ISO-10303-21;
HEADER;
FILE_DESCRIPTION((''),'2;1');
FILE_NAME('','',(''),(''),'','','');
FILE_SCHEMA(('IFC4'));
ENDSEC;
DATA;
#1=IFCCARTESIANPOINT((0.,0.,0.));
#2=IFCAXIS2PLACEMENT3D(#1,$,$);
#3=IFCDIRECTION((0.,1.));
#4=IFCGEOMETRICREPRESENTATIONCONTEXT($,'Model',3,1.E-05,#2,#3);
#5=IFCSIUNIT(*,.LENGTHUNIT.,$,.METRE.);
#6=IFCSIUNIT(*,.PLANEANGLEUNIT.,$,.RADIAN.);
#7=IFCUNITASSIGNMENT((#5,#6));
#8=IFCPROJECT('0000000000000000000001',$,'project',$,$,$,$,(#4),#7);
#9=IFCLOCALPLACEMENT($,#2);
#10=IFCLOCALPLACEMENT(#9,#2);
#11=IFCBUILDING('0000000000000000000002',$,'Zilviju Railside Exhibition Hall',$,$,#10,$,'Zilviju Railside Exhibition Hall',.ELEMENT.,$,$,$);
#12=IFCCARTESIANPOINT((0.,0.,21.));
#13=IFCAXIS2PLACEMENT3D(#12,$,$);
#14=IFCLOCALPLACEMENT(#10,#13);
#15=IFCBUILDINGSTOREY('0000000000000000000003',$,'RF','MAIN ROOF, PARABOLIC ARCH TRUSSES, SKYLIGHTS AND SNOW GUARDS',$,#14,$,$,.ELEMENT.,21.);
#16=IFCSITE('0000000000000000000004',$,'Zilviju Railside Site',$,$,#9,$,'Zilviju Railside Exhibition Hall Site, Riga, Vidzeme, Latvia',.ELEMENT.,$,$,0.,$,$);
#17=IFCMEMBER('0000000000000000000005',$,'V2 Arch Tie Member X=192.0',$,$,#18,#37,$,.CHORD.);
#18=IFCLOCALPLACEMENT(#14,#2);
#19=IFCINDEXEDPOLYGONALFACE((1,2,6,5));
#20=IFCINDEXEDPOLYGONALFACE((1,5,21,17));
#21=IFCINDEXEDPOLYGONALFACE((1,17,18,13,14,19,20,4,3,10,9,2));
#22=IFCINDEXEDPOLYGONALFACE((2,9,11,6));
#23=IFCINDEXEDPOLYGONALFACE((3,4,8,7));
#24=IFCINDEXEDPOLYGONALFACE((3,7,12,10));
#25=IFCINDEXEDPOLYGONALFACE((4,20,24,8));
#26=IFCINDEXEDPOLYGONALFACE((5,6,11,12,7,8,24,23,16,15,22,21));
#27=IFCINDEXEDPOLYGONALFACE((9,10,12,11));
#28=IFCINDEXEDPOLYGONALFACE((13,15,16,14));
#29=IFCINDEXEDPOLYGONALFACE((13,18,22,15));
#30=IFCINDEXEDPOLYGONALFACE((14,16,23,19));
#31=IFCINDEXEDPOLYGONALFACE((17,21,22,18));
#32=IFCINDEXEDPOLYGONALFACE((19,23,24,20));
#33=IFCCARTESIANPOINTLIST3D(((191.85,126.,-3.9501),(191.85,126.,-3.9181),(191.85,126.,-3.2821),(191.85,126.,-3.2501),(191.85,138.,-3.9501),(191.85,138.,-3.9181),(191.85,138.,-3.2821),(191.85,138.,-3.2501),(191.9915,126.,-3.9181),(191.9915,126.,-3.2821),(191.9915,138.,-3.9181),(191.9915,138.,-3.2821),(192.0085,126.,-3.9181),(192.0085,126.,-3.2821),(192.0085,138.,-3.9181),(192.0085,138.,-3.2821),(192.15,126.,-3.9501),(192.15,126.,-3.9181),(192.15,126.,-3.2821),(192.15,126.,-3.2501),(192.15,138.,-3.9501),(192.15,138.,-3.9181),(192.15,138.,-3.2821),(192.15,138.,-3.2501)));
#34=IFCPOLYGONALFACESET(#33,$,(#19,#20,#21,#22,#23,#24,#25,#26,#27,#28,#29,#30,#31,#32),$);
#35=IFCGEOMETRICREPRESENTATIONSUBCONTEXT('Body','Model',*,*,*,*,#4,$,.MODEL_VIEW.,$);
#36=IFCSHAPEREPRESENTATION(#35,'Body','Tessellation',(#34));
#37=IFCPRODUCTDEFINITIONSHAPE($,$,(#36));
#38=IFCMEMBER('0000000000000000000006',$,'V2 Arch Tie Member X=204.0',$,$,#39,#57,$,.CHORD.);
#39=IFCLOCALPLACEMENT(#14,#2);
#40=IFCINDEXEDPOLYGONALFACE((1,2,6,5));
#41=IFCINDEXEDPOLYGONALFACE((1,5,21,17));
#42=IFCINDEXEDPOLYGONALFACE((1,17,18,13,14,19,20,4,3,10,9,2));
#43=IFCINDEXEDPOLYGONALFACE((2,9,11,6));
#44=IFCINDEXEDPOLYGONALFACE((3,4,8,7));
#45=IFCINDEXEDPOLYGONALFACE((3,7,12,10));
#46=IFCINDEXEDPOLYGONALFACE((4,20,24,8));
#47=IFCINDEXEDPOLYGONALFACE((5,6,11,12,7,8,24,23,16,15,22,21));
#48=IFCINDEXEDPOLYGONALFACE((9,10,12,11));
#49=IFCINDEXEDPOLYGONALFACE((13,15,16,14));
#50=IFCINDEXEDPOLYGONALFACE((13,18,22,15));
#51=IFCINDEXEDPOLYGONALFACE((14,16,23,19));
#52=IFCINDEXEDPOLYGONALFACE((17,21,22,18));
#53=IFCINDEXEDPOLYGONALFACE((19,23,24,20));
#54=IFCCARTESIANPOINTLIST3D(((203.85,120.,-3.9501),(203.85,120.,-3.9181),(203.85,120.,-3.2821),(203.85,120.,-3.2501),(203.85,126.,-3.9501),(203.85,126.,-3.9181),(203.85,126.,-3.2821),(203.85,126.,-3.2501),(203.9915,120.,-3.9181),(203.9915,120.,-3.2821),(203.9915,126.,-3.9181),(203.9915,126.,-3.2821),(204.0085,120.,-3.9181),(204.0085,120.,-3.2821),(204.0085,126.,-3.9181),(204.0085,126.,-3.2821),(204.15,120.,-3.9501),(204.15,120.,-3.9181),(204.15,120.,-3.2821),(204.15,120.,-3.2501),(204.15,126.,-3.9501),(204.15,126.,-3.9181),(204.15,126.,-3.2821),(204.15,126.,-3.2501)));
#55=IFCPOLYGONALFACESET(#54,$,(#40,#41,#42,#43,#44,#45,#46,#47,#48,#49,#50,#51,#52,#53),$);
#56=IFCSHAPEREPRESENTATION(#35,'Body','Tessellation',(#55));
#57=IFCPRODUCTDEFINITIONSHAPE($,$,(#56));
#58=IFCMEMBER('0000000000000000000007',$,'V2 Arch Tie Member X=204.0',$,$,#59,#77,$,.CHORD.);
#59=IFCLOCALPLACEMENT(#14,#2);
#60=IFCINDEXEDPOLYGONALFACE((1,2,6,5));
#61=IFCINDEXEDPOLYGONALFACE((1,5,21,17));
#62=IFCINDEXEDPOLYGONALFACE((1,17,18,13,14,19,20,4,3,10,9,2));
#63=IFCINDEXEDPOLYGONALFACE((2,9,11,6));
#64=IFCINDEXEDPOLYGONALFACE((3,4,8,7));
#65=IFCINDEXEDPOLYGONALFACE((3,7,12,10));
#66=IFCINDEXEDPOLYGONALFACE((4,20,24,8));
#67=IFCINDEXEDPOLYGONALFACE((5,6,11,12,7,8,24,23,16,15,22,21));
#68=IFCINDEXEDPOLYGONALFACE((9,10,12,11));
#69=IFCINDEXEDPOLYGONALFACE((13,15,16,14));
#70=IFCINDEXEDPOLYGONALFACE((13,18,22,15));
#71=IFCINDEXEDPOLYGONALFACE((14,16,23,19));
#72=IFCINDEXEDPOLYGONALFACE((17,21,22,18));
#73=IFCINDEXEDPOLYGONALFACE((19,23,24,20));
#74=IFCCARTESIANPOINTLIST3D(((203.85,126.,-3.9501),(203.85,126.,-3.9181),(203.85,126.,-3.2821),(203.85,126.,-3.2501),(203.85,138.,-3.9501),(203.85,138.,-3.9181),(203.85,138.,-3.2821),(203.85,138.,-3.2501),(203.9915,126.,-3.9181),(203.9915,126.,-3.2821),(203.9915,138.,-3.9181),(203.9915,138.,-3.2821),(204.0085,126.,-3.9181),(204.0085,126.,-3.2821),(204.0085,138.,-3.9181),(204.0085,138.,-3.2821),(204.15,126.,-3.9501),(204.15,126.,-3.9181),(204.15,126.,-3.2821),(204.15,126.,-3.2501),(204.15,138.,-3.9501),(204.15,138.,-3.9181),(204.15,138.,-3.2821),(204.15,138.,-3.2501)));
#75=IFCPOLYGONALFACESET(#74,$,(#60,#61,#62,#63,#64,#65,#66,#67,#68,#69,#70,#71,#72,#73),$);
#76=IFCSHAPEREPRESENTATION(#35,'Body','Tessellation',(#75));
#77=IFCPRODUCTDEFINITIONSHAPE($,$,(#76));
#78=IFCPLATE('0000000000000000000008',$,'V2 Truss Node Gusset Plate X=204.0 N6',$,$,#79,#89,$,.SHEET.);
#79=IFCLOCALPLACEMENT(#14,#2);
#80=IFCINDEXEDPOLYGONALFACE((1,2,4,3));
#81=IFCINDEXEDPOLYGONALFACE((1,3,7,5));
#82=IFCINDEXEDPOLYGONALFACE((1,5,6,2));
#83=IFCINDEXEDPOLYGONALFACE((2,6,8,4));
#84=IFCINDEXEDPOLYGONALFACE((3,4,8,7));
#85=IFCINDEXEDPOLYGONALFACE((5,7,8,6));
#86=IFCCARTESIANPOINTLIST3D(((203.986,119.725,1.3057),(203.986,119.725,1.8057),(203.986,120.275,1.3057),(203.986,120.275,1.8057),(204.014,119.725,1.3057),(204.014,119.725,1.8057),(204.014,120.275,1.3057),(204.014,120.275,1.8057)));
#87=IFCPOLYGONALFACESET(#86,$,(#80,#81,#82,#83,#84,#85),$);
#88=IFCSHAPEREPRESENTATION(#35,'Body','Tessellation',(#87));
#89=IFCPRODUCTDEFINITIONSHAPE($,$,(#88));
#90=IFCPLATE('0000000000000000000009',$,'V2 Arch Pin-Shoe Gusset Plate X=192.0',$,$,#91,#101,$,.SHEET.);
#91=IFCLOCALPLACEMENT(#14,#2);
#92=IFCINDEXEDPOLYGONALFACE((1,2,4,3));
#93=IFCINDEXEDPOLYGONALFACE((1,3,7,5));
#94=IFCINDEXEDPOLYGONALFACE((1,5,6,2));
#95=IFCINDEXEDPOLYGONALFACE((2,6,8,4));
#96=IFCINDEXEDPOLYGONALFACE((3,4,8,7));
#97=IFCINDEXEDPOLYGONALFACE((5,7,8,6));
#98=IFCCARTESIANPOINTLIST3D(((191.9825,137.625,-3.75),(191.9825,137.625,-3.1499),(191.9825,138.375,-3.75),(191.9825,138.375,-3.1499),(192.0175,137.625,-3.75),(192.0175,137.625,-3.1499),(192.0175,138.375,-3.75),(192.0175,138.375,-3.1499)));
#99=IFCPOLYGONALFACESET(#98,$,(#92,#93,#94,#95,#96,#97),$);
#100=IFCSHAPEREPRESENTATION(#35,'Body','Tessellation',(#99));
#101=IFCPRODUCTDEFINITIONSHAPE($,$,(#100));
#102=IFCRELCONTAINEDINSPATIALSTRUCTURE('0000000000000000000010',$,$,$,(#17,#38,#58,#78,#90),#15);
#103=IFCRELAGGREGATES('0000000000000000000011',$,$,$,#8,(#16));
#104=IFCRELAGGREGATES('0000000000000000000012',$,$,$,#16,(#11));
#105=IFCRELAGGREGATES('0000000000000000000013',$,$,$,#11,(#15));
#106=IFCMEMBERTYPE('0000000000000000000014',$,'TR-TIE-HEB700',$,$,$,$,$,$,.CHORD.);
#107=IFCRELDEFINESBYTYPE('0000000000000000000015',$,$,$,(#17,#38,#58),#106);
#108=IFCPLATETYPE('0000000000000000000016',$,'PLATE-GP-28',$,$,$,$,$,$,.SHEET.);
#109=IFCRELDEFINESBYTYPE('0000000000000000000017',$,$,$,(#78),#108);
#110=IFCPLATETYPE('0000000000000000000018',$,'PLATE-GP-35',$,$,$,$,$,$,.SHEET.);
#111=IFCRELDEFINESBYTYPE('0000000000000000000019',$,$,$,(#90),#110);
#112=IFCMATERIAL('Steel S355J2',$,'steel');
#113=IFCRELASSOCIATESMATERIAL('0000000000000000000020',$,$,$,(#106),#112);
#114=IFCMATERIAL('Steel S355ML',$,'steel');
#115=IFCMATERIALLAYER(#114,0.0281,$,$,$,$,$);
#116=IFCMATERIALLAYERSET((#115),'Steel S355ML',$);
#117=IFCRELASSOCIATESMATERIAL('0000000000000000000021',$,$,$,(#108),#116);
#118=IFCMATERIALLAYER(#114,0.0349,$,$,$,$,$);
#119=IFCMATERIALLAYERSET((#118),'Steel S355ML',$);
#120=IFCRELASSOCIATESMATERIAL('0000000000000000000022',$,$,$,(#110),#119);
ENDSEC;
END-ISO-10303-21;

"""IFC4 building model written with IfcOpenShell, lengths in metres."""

from ifc_helpers import new_model, si_unit, direction, frame, origin, origin_2d, place, context, subcontext, project, spatial, rectangle, i_section, extrude, material, layer, layer_set, material_profile, profile_set, type_object, element, save


model = new_model("IFC4")

# Units and contexts
model_context = context("Model", 3, precision=1e-05, world=origin(), true_north=direction((0.0, 1.0)))
body_context = subcontext(model_context, "Body", "Model", "MODEL_VIEW")
ifc_project = project(units=[si_unit("LENGTHUNIT", "METRE"), si_unit("PLANEANGLEUNIT", "RADIAN")], contexts=[model_context])

# Site, building, storey
site_placement = place(None, origin())
site = spatial("IfcSite", under=ifc_project, at=site_placement, Name="Zilviju Railside Site", LongName="Zilviju Railside Exhibition Hall Site, Riga, Vidzeme, Latvia", CompositionType="ELEMENT", RefElevation=0.0)
building_placement = place(site_placement, origin())
building = spatial("IfcBuilding", under=site, at=building_placement, Name="Zilviju Railside Exhibition Hall", LongName="Zilviju Railside Exhibition Hall", CompositionType="ELEMENT")
storey_placement = place(building_placement, frame((0.0, 0.0, 21.0)))
storey = spatial("IfcBuildingStorey", under=building, at=storey_placement, Name="RF", Description="MAIN ROOF, PARABOLIC ARCH TRUSSES, SKYLIGHTS AND SNOW GUARDS", CompositionType="ELEMENT", Elevation=21.0)

# Members
ifc_material_1 = material(Name="Steel S355J2", Category="steel")
ifc_material_profile_1 = material_profile(ifc_material_1, i_section(OverallWidth=0.3, OverallDepth=0.7, WebThickness=0.0171, FlangeThickness=0.032, at=origin_2d()), Name="HEB 700")
ifc_profile_set_1 = profile_set([ifc_material_profile_1], Name="Steel S355J2")
member_type_1 = type_object("IfcMemberType", Name="TR-TIE-HEB700", PredefinedType="CHORD", material=ifc_profile_set_1)
member_1_placement = place(storey_placement, frame((192.0, 126.0, -3.6001), z_axis=(0.0, 1.0, 0.0), x_axis=(-1.0, 0.0, 0.0)))
element("IfcMember", 1, at=member_1_placement, inside=storey, type_object=member_type_1, Name="V2 Arch Tie Member X=192.0", PredefinedType="CHORD", context=body_context, shape_type="SweptSolid", body=[
    extrude(i_section(OverallWidth=0.3, OverallDepth=0.7, WebThickness=0.0171, FlangeThickness=0.032, at=origin_2d()), origin(), (0.0, 0.0, 1.0), 12.0),
])
member_2_placement = place(storey_placement, frame((204.0, 120.0, -3.6001), z_axis=(0.0, 1.0, 0.0), x_axis=(-1.0, 0.0, 0.0)))
element("IfcMember", 2, at=member_2_placement, inside=storey, type_object=member_type_1, Name="V2 Arch Tie Member X=204.0", PredefinedType="CHORD", context=body_context, shape_type="SweptSolid", body=[
    extrude(i_section(OverallWidth=0.3, OverallDepth=0.7, WebThickness=0.0171, FlangeThickness=0.032, at=origin_2d()), origin(), (0.0, 0.0, 1.0), 6.0),
])
member_3_placement = place(storey_placement, frame((204.0, 126.0, -3.6001), z_axis=(0.0, 1.0, 0.0), x_axis=(-1.0, 0.0, 0.0)))
element("IfcMember", 3, at=member_3_placement, inside=storey, type_object=member_type_1, Name="V2 Arch Tie Member X=204.0", PredefinedType="CHORD", context=body_context, shape_type="SweptSolid", body=[
    extrude(i_section(OverallWidth=0.3, OverallDepth=0.7, WebThickness=0.0171, FlangeThickness=0.032, at=origin_2d()), origin(), (0.0, 0.0, 1.0), 12.0),
])

# Plates
ifc_material_2 = material(Name="Steel S355ML", Category="steel")
ifc_layer_1 = layer(ifc_material_2, 0.0281)
ifc_layer_set_1 = layer_set([ifc_layer_1], Name="Steel S355ML")
plate_type_1 = type_object("IfcPlateType", Name="PLATE-GP-28", PredefinedType="SHEET", material=ifc_layer_set_1)
plate_1_placement = place(storey_placement, frame((204.0, 120.0, 1.3057), z_axis=(0.0, 0.0, 1.0), x_axis=(1.0, 0.0, 0.0)))
element("IfcPlate", 4, at=plate_1_placement, inside=storey, type_object=plate_type_1, Name="V2 Truss Node Gusset Plate X=204.0 N6", PredefinedType="SHEET", context=body_context, shape_type="SweptSolid", body=[
    extrude(rectangle(XDim=0.0281, YDim=0.55, at=origin_2d()), origin(), (0.0, 0.0, 1.0), 0.5),
])
ifc_layer_2 = layer(ifc_material_2, 0.0349)
ifc_layer_set_2 = layer_set([ifc_layer_2], Name="Steel S355ML")
plate_type_2 = type_object("IfcPlateType", Name="PLATE-GP-35", PredefinedType="SHEET", material=ifc_layer_set_2)
plate_2_placement = place(storey_placement, frame((192.0, 138.0, -3.75), z_axis=(0.0, 0.0, 1.0), x_axis=(1.0, 0.0, 0.0)))
element("IfcPlate", 5, at=plate_2_placement, inside=storey, type_object=plate_type_2, Name="V2 Arch Pin-Shoe Gusset Plate X=192.0", PredefinedType="SHEET", context=body_context, shape_type="SweptSolid", body=[
    extrude(rectangle(XDim=0.0349, YDim=0.75, at=origin_2d()), origin(), (0.0, 0.0, 1.0), 0.6001),
])

save(model, "model.ifc")
